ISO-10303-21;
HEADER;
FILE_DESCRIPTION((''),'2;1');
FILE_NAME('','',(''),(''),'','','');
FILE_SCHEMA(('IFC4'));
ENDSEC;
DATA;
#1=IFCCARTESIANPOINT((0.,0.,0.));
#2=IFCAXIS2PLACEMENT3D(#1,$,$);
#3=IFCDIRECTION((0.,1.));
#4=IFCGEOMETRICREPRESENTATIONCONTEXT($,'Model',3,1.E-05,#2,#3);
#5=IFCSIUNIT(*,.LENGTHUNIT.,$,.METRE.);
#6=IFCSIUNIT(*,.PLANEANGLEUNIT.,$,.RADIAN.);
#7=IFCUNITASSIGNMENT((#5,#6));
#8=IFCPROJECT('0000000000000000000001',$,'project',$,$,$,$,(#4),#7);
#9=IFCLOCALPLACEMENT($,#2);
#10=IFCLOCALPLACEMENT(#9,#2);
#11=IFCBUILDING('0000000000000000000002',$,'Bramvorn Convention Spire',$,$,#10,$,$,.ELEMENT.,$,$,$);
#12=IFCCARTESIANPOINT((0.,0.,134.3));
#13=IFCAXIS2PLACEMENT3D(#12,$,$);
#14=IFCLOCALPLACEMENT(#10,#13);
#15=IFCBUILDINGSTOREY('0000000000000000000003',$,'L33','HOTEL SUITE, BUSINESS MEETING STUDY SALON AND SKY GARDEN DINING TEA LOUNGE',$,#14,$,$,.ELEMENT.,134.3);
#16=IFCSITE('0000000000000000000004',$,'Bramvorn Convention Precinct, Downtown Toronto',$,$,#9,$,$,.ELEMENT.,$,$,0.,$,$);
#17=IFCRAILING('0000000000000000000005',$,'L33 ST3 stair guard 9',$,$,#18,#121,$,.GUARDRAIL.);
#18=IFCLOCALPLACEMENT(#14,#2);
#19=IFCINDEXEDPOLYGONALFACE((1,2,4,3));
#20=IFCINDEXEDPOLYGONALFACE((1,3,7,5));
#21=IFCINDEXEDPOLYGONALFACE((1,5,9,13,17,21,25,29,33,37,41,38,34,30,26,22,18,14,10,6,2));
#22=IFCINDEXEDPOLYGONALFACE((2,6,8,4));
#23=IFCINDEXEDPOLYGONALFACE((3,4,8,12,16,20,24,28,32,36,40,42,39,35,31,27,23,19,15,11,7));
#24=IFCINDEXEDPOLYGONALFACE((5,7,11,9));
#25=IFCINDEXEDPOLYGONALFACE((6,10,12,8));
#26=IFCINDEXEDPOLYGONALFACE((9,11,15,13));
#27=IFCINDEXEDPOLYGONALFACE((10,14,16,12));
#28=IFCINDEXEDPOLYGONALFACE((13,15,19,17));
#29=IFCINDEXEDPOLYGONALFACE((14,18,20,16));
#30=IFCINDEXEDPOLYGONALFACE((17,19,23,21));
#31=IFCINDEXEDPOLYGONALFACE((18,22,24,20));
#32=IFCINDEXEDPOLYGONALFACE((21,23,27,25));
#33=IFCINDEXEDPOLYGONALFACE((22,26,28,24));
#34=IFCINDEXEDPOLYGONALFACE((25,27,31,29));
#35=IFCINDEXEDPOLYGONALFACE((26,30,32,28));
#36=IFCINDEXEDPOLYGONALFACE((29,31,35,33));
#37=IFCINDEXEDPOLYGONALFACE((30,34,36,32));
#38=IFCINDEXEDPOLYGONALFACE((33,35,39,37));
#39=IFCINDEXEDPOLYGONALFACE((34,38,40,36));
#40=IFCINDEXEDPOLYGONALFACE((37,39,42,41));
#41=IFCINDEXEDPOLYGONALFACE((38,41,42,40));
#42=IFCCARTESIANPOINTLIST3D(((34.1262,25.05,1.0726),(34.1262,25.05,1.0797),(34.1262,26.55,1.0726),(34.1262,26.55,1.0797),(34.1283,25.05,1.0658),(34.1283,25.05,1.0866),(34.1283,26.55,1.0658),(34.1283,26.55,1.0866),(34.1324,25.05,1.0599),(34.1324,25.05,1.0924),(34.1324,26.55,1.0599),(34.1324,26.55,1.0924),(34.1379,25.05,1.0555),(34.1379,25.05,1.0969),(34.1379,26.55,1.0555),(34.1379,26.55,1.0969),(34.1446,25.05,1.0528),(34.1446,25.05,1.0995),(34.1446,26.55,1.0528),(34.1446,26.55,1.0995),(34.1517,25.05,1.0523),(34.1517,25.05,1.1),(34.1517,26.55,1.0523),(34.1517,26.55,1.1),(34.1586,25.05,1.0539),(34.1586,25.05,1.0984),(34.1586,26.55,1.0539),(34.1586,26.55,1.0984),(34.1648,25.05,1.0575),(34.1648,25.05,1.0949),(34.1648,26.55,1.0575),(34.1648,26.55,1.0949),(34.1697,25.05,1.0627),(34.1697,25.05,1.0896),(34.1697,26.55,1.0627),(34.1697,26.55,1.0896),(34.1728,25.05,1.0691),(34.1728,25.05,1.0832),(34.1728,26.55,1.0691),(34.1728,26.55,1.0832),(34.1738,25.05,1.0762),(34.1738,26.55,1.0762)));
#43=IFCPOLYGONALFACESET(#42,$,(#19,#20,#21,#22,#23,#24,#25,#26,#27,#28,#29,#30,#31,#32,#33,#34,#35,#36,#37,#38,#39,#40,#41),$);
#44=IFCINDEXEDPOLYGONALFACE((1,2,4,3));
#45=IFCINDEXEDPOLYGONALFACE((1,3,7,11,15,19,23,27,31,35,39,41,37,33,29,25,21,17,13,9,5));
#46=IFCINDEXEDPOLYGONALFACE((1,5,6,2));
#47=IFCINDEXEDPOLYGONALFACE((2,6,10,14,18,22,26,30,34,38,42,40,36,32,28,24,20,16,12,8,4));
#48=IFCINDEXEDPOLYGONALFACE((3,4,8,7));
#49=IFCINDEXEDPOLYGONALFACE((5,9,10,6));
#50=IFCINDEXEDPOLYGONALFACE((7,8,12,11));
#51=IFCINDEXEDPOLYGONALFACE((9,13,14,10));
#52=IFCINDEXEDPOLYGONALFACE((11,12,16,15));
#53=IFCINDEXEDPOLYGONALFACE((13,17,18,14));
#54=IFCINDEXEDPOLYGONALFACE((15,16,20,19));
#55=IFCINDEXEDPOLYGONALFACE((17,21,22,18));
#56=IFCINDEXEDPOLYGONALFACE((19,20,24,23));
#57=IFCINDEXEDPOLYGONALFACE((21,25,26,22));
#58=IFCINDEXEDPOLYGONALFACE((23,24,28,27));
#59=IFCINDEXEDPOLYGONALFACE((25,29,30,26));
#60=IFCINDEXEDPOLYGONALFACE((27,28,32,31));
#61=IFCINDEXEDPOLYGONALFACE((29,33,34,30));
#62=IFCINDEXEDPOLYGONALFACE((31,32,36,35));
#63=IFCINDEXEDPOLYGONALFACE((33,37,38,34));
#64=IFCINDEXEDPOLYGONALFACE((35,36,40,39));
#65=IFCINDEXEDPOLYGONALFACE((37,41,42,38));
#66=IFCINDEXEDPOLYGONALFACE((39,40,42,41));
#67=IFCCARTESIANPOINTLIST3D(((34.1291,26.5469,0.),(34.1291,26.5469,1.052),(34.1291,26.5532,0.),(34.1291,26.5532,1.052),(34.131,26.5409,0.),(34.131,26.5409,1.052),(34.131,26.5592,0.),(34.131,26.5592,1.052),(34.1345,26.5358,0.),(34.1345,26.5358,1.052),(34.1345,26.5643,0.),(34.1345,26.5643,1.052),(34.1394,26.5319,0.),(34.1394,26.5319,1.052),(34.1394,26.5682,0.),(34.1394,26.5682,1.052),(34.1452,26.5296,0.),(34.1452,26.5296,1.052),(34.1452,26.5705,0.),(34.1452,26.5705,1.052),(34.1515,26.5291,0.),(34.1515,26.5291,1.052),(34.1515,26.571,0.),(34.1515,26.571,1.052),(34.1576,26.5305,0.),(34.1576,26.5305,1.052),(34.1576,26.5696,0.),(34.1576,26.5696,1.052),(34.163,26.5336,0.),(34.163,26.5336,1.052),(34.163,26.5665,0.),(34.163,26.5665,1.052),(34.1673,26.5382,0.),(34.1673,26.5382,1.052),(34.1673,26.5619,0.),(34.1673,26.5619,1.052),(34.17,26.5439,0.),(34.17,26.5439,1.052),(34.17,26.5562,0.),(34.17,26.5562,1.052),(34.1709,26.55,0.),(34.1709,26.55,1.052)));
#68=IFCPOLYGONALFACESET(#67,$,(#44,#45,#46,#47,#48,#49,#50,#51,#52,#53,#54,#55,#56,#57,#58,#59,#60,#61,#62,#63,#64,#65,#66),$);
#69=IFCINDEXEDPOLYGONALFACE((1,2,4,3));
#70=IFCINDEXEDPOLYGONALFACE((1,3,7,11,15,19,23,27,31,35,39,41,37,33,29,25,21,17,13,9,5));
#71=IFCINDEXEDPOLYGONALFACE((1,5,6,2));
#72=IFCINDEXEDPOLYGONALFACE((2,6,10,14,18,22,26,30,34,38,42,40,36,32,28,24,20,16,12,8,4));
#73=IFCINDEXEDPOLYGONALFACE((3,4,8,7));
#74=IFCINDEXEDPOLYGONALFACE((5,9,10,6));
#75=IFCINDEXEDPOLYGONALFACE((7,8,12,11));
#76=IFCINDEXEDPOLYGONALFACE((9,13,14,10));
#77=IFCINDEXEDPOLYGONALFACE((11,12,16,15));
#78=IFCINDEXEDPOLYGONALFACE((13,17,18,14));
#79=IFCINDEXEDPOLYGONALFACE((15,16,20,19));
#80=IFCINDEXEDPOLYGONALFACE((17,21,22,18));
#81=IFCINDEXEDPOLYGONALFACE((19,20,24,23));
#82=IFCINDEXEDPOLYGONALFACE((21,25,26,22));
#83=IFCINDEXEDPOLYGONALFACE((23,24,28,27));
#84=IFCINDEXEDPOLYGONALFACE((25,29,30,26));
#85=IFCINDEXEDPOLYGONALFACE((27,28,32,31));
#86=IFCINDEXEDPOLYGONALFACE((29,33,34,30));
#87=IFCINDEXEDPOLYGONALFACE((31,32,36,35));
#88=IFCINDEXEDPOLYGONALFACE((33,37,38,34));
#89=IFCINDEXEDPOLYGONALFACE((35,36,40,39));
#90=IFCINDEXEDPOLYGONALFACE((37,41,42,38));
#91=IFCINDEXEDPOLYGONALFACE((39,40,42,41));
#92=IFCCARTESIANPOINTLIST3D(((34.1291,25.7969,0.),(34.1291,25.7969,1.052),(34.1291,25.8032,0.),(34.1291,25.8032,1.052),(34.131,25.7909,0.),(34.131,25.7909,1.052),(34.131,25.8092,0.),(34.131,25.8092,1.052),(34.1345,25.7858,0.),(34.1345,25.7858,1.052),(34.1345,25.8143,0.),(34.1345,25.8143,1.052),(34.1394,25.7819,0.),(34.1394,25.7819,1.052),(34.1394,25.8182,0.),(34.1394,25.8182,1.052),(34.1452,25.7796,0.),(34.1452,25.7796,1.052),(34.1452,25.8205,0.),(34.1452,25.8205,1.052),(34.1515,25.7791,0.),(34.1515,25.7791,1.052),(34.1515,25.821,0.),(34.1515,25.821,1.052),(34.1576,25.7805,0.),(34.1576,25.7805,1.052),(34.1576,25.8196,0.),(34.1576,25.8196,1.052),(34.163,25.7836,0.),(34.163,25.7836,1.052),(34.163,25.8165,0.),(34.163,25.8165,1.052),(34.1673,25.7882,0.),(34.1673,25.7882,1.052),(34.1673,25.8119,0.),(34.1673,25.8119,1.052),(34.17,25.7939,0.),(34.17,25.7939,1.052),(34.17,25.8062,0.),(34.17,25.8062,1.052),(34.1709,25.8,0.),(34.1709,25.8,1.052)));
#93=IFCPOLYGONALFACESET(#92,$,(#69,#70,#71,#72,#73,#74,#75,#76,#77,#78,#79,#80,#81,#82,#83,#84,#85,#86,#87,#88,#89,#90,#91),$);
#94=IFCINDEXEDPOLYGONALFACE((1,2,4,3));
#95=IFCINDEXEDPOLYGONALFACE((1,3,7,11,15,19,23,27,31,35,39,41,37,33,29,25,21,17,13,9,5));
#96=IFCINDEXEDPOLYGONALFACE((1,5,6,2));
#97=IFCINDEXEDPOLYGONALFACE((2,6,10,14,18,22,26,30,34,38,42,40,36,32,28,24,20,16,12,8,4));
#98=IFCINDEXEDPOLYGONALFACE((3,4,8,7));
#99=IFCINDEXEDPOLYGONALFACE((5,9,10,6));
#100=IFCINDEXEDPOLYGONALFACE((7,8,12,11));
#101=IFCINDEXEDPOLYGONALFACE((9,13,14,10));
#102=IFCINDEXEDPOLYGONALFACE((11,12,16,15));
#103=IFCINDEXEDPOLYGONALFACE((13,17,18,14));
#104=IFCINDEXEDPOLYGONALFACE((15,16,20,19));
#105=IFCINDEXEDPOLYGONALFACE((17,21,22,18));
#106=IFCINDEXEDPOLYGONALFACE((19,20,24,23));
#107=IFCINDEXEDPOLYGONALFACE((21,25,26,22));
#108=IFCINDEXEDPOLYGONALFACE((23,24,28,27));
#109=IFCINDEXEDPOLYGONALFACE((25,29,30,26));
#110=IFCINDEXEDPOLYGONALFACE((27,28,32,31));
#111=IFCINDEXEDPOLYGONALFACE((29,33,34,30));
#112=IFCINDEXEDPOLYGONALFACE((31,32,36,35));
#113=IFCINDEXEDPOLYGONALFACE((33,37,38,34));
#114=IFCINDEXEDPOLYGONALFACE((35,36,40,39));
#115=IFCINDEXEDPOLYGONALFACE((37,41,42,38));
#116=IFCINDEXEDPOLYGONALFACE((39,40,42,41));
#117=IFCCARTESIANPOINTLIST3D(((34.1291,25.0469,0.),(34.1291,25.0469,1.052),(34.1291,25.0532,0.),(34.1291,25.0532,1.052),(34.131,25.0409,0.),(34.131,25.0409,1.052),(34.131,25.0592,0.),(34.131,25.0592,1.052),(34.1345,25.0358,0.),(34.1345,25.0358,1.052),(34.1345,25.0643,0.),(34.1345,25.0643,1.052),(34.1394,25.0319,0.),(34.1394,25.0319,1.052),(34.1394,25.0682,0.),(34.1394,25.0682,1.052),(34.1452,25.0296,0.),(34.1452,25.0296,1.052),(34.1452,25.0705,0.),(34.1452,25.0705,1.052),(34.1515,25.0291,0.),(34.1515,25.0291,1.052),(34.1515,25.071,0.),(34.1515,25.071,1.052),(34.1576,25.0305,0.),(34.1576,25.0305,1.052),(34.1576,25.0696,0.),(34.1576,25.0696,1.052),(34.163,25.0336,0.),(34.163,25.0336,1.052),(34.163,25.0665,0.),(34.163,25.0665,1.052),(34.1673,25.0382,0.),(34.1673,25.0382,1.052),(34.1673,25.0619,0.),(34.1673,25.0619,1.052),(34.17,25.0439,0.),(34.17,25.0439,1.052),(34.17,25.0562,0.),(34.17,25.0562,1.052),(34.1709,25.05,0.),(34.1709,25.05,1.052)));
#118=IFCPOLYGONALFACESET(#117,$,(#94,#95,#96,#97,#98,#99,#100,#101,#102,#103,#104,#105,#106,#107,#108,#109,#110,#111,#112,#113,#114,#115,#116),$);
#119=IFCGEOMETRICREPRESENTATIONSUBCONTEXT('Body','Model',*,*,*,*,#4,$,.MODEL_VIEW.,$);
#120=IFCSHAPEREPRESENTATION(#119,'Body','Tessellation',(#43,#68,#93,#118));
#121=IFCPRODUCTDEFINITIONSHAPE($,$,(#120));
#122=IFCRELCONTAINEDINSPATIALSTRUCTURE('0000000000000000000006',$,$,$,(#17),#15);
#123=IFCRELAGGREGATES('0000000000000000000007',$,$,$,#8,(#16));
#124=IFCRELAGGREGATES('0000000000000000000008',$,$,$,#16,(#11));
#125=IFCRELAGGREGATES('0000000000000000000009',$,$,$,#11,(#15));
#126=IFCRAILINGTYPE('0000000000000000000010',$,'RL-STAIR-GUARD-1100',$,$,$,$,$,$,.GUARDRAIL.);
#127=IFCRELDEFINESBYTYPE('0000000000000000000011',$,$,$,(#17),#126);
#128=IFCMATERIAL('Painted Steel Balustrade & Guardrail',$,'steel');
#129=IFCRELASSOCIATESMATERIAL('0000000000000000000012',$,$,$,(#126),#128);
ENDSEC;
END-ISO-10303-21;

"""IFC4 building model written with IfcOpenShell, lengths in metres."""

from ifc_helpers import new_model, si_unit, direction, frame, origin, origin_2d, place, context, subcontext, project, spatial, circle, extrude, material, type_object, element, save


model = new_model("IFC4")

# Units and contexts
model_context = context("Model", 3, precision=1e-05, world=origin(), true_north=direction((0.0, 1.0)))
body_context = subcontext(model_context, "Body", "Model", "MODEL_VIEW")
ifc_project = project(units=[si_unit("LENGTHUNIT", "METRE"), si_unit("PLANEANGLEUNIT", "RADIAN")], contexts=[model_context])

# Site, building, storey
site_placement = place(None, origin())
site = spatial("IfcSite", under=ifc_project, at=site_placement, Name="Bramvorn Convention Precinct, Downtown Toronto", CompositionType="ELEMENT", RefElevation=0.0)
building_placement = place(site_placement, origin())
building = spatial("IfcBuilding", under=site, at=building_placement, Name="Bramvorn Convention Spire", CompositionType="ELEMENT")
storey_placement = place(building_placement, frame((0.0, 0.0, 134.3)))
storey = spatial("IfcBuildingStorey", under=building, at=storey_placement, Name="L33", Description="HOTEL SUITE, BUSINESS MEETING STUDY SALON AND SKY GARDEN DINING TEA LOUNGE", CompositionType="ELEMENT", Elevation=134.3)

# Railing
ifc_material_1 = material(Name="Painted Steel Balustrade & Guardrail", Category="steel")
railing_type_1 = type_object("IfcRailingType", Name="RL-STAIR-GUARD-1100", PredefinedType="GUARDRAIL", material=ifc_material_1)
railing_1_placement = place(storey_placement, frame((34.1499, 26.55, 0.0)))
element("IfcRailing", 1, at=railing_1_placement, inside=storey, type_object=railing_type_1, Name="L33 ST3 stair guard 9", PredefinedType="GUARDRAIL", context=body_context, shape_type="SweptSolid", body=[
    extrude(circle(Radius=0.0239, at=origin_2d()), frame((0.0, 0.0, 1.0762), z_axis=(0.0, -1.0, 0.0), x_axis=(1.0, 0.0, 0.0)), (0.0, 0.0, 1.0), 1.5),
    extrude(circle(Radius=0.021, at=origin_2d()), origin(), (0.0, 0.0, 1.0), 1.052),
    extrude(circle(Radius=0.021, at=origin_2d()), frame((0.0, -0.75, 0.0)), (0.0, 0.0, 1.0), 1.052),
    extrude(circle(Radius=0.021, at=origin_2d()), frame((0.0, -1.5, 0.0)), (0.0, 0.0, 1.0), 1.052),
])

save(model, "model.ifc")
